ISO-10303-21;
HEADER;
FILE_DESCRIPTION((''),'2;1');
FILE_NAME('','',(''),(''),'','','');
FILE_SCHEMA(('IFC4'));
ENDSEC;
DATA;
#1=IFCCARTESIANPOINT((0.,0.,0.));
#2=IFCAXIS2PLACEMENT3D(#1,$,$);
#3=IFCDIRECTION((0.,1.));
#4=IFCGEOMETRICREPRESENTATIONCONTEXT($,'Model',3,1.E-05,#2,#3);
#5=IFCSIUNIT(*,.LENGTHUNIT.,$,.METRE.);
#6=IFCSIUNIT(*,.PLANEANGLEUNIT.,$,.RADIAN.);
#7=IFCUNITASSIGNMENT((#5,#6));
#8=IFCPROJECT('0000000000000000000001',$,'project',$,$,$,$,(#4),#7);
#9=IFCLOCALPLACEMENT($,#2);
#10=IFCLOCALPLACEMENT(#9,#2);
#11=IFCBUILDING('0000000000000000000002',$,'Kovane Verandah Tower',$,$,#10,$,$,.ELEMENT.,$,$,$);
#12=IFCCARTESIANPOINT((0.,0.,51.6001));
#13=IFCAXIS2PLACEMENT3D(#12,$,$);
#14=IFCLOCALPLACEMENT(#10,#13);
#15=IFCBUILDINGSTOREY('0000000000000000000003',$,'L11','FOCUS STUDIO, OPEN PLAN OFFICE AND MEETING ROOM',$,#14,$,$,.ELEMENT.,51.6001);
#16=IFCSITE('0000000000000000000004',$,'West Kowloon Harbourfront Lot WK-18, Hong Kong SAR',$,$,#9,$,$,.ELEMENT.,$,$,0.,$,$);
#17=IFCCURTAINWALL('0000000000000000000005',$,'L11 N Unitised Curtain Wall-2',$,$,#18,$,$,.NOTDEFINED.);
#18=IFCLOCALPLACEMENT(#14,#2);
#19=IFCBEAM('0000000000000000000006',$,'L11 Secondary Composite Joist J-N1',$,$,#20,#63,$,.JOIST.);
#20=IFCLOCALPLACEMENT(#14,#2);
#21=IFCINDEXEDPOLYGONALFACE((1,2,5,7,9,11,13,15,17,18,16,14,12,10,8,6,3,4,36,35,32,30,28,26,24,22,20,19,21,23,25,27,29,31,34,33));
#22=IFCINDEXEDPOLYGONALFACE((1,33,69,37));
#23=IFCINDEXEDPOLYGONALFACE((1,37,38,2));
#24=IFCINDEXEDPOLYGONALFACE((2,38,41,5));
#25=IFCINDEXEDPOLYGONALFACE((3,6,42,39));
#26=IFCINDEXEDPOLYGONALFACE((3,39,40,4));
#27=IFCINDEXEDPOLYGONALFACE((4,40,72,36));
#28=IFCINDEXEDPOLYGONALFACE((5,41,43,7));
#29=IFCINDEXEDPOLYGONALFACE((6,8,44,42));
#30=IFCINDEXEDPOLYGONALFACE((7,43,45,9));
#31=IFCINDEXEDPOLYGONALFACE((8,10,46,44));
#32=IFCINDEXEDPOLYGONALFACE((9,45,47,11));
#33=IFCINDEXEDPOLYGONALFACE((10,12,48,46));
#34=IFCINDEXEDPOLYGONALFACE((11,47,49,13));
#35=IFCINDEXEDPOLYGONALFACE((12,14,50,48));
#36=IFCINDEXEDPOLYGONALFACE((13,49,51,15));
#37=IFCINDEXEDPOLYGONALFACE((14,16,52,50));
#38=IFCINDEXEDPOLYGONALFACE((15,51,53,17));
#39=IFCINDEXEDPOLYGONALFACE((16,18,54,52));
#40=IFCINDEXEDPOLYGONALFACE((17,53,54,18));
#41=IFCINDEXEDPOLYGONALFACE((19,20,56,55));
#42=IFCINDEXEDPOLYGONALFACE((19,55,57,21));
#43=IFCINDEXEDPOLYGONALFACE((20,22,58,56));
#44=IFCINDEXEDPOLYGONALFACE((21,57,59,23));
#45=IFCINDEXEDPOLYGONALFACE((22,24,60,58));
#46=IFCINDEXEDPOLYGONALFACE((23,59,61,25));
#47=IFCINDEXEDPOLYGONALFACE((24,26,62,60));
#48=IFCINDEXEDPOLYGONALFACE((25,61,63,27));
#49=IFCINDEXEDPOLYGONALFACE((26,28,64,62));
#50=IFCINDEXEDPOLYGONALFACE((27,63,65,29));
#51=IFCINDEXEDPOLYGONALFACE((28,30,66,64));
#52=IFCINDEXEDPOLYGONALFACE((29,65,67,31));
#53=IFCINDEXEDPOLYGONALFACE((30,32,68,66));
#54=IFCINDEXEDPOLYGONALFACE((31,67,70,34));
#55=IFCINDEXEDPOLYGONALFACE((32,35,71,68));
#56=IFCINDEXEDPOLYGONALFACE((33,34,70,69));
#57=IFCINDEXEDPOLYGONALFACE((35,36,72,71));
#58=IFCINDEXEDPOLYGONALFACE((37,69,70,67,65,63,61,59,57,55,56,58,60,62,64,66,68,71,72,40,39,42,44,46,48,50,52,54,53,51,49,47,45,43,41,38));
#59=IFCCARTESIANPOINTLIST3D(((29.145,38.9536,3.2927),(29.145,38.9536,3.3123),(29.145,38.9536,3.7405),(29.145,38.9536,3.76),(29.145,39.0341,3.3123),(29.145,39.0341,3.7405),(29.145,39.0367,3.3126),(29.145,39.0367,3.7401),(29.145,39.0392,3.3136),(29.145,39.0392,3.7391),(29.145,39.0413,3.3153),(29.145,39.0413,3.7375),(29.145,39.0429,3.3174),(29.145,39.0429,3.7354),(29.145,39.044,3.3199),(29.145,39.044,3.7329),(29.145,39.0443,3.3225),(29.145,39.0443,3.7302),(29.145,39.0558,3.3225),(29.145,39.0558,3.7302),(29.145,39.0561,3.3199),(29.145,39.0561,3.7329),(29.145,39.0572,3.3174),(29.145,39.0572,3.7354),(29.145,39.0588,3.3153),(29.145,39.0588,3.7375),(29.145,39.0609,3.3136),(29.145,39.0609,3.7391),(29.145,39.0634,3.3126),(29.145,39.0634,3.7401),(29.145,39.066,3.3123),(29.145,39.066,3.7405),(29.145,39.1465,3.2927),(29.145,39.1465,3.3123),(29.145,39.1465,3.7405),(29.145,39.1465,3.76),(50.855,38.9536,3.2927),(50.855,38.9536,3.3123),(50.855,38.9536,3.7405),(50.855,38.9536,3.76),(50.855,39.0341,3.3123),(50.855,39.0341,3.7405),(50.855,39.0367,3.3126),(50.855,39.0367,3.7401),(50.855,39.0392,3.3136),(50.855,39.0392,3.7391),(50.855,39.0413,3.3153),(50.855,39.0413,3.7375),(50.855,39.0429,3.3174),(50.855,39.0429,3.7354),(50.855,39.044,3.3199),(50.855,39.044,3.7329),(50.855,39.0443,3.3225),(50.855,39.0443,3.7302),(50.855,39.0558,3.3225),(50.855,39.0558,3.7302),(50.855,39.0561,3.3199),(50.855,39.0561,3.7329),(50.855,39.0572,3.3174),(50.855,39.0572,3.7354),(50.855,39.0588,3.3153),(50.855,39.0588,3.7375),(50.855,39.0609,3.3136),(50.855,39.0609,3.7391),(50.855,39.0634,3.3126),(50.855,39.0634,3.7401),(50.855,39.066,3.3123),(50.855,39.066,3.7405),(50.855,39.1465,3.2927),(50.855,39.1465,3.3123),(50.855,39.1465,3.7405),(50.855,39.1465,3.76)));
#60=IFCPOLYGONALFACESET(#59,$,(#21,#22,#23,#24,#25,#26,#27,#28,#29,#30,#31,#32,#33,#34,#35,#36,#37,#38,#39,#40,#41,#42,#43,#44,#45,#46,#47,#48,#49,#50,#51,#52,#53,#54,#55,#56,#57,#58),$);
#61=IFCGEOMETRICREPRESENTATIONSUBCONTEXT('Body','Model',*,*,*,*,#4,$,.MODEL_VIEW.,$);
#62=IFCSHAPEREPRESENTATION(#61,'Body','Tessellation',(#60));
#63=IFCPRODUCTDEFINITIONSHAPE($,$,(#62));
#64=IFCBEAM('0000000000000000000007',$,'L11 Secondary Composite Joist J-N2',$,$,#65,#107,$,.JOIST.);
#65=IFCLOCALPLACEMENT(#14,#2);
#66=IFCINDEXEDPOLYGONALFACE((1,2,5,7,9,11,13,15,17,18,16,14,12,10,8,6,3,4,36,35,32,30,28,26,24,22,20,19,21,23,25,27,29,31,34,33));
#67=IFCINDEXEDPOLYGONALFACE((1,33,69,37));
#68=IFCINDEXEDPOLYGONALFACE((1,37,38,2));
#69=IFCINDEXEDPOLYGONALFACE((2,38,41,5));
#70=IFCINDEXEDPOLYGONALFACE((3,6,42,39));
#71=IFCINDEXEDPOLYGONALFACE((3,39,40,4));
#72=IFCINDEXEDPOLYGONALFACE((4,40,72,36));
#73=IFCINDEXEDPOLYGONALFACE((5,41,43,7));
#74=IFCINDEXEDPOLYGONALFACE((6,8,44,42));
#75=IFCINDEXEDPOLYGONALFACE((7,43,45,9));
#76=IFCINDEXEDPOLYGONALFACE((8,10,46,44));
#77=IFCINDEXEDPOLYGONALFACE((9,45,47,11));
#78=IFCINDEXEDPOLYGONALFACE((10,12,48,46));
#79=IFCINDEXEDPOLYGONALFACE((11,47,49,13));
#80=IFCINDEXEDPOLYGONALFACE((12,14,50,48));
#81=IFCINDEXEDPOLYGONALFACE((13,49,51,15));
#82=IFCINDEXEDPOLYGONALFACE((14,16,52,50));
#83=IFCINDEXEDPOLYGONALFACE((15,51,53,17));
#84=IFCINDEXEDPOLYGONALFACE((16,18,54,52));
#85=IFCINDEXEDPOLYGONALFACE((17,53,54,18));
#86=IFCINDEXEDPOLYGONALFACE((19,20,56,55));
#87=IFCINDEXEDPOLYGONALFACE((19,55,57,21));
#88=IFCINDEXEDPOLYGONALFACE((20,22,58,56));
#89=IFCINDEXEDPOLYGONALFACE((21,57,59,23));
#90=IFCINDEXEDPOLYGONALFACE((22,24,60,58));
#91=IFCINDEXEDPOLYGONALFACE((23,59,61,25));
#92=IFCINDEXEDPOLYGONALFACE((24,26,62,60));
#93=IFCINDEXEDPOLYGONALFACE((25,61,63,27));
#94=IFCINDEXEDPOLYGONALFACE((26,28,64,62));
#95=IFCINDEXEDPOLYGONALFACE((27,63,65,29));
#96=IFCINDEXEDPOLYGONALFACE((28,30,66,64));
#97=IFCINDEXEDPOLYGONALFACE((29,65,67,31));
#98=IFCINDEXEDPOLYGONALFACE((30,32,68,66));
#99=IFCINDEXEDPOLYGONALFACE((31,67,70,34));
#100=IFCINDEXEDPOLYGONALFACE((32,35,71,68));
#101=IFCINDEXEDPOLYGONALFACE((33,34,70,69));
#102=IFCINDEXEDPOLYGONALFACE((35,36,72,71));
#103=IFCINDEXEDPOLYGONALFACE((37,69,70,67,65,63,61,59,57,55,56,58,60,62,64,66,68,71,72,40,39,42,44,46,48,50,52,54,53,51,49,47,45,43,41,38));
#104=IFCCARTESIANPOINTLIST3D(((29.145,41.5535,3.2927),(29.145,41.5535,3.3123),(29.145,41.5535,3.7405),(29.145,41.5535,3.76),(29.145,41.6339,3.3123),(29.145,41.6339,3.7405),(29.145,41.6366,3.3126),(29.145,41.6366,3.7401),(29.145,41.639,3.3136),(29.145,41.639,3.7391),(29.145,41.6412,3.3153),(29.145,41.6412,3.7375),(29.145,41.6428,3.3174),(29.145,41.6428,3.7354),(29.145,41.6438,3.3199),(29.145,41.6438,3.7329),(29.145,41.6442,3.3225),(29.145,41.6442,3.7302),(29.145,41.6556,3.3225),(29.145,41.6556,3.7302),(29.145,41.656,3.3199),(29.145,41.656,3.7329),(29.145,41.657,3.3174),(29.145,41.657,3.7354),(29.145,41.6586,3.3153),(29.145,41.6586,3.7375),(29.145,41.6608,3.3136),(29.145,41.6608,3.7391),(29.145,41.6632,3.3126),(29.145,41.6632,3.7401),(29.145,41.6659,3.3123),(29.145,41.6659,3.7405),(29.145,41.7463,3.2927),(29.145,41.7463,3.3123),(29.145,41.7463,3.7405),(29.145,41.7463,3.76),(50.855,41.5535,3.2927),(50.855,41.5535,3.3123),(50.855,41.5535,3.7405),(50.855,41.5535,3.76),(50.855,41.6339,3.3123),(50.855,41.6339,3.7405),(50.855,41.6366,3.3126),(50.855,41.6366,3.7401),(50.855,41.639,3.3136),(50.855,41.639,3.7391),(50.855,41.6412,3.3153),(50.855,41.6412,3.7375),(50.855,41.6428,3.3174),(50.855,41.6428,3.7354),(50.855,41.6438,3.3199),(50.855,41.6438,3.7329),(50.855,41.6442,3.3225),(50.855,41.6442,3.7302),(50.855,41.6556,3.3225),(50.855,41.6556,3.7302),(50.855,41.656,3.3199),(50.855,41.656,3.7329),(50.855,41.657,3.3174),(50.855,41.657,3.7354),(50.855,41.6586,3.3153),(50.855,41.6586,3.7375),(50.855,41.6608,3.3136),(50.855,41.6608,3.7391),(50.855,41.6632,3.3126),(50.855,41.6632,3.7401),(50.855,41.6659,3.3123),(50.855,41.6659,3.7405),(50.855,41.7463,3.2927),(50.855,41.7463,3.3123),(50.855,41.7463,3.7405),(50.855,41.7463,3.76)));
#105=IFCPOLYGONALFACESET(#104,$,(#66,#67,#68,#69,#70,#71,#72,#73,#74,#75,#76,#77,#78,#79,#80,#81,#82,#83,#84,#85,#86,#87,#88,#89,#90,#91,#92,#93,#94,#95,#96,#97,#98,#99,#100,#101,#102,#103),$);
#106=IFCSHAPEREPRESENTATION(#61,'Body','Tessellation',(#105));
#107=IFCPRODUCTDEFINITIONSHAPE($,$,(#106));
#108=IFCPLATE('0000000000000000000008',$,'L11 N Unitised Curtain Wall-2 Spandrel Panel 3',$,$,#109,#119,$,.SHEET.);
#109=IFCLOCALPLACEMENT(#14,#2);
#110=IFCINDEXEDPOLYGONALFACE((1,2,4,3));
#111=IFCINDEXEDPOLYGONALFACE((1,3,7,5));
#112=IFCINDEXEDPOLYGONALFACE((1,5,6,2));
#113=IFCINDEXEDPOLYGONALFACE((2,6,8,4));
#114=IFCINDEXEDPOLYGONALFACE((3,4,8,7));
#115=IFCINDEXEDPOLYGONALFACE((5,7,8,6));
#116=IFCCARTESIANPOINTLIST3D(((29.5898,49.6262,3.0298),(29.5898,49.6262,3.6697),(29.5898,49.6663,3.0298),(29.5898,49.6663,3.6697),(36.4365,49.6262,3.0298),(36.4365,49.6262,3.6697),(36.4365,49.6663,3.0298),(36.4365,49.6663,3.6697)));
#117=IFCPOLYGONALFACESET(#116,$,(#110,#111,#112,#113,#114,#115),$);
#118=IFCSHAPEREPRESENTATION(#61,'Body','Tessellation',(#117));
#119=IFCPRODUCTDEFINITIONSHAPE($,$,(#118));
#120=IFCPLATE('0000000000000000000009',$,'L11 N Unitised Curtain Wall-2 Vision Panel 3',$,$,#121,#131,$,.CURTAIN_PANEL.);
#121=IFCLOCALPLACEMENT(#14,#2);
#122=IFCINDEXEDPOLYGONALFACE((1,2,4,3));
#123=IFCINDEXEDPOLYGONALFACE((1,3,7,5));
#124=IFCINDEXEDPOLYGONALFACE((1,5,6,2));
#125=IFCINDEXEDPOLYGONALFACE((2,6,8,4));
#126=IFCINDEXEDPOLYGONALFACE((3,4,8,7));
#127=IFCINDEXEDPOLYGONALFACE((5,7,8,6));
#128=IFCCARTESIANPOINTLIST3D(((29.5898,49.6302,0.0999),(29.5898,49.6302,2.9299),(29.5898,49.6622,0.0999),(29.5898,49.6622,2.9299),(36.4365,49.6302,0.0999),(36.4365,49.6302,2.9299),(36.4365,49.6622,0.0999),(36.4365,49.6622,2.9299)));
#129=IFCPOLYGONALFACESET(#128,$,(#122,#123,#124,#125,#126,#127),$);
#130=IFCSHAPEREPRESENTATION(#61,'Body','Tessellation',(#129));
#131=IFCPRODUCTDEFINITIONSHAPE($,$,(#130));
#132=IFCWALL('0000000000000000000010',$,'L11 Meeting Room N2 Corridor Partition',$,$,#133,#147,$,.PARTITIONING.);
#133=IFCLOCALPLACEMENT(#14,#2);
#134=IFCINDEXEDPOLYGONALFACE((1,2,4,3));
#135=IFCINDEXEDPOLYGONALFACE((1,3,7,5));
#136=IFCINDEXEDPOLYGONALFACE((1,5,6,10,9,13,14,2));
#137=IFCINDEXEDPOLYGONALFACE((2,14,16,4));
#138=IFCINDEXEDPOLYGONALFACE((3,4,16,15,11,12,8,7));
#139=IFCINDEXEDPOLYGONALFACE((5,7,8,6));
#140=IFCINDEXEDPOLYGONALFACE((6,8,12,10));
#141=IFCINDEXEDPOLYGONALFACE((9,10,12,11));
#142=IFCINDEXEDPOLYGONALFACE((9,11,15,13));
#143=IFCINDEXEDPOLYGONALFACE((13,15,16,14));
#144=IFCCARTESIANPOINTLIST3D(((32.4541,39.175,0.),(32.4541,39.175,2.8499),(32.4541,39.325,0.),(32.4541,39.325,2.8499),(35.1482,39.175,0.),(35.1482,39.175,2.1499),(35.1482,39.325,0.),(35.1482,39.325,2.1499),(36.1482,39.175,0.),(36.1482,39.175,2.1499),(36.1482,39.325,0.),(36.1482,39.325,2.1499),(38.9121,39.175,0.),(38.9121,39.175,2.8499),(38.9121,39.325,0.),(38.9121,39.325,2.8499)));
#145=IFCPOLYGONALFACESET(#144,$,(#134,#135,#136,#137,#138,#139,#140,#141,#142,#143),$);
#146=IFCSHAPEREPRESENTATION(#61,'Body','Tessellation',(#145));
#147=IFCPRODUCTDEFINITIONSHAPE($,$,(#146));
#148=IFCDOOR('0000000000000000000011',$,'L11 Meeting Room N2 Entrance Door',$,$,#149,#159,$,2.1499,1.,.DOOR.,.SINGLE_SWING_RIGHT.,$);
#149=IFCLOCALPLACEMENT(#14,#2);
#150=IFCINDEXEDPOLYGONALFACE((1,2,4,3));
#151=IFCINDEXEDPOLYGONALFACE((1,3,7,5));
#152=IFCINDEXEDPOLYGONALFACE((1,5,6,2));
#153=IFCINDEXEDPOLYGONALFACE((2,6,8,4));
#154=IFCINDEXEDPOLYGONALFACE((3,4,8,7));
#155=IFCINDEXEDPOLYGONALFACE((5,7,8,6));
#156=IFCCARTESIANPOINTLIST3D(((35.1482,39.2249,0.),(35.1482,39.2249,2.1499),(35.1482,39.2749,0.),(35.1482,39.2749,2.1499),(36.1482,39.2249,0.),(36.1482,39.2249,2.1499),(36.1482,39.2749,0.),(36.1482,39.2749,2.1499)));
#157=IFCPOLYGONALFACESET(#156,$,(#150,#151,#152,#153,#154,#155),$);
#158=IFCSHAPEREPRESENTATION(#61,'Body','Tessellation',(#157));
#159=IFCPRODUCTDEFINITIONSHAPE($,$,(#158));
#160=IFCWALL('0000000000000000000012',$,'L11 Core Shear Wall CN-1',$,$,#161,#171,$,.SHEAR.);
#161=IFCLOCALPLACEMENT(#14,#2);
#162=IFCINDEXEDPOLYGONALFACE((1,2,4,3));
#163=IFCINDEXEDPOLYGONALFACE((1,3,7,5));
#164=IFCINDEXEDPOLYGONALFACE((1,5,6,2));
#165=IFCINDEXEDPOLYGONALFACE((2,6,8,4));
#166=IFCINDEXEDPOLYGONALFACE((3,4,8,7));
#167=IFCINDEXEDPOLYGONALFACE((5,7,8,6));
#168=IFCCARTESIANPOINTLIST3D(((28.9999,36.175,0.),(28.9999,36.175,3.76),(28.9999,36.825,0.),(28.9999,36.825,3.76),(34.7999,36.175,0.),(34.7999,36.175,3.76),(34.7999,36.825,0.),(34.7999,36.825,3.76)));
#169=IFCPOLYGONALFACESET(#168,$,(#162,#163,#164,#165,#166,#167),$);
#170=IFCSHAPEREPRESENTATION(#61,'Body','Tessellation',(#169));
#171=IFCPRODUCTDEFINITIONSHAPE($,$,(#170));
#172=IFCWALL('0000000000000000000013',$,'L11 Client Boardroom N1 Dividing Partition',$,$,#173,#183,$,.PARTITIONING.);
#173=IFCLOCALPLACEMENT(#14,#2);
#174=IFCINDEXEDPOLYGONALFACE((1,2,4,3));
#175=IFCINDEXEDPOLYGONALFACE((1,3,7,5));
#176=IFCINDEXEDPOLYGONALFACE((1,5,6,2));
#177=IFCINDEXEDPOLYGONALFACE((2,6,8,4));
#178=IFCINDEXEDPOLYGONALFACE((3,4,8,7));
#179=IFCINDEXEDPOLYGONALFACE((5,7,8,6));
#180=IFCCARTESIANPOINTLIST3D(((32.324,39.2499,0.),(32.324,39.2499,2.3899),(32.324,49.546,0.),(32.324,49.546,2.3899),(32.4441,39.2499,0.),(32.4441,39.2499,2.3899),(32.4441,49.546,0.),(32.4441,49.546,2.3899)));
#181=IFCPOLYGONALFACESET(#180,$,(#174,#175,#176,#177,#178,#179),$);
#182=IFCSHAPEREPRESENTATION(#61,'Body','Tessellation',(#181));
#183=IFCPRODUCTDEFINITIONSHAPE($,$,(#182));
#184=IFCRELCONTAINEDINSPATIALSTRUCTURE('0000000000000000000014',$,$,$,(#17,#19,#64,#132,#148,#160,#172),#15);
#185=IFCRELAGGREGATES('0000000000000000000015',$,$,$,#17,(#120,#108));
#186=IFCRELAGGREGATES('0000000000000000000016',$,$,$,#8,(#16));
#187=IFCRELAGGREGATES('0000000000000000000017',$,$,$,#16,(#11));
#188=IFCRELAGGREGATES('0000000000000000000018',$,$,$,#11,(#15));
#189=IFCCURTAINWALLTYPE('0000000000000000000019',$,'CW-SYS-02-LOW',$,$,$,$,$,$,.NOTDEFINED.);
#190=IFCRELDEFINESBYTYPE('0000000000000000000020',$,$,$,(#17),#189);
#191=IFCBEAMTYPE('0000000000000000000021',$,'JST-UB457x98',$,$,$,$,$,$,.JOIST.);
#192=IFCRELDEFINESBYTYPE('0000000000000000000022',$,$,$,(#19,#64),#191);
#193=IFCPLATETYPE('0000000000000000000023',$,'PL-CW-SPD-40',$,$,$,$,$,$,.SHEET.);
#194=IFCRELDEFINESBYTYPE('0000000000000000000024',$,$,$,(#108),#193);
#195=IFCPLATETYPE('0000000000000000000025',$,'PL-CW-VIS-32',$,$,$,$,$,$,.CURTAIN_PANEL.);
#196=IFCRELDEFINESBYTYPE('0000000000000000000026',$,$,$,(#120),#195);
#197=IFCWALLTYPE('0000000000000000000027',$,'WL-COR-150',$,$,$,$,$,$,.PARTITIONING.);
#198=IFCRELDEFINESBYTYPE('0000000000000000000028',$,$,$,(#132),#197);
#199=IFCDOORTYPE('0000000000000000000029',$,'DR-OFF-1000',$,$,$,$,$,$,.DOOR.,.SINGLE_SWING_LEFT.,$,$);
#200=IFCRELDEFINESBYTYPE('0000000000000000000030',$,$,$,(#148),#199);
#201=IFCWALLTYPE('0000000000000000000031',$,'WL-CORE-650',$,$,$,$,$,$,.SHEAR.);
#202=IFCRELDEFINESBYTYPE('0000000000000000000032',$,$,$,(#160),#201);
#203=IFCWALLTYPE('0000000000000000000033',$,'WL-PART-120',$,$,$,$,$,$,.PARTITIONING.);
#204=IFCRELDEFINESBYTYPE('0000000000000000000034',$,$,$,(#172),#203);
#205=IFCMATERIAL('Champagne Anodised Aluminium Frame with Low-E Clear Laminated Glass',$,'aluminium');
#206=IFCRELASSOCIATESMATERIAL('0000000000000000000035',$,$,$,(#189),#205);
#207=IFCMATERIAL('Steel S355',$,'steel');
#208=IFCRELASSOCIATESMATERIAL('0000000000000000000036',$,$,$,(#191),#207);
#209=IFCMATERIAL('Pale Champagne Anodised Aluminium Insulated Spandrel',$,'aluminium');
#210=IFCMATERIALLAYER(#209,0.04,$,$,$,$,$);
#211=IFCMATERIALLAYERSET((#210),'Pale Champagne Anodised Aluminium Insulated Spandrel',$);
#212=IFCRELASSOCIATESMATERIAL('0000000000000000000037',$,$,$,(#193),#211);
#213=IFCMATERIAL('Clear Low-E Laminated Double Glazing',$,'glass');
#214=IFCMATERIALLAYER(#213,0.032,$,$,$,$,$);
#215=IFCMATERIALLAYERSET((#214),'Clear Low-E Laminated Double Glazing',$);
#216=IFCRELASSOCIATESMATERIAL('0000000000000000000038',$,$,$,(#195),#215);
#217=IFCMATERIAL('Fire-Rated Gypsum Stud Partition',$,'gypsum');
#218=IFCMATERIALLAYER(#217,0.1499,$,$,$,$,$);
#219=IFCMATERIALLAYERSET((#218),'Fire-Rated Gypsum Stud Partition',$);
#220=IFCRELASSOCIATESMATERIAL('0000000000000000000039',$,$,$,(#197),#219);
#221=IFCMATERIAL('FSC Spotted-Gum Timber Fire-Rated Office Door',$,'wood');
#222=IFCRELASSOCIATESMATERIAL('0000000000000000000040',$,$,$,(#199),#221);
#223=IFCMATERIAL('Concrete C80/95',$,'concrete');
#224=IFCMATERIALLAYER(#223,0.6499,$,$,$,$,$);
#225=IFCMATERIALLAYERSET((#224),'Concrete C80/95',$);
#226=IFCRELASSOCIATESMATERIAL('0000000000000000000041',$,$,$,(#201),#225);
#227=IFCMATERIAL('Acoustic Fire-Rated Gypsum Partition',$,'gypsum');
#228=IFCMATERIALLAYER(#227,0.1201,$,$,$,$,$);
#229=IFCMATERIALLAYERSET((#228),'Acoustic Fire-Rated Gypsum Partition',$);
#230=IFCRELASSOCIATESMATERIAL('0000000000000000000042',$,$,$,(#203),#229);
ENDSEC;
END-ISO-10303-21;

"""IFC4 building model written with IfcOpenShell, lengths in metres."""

from ifc_helpers import new_model, si_unit, direction, frame, frame_2d, origin, origin_2d, place, context, subcontext, project, spatial, rectangle, i_section, extrude, material, layer, layer_set, material_profile, profile_set, type_object, element, fill, aggregate, save


model = new_model("IFC4")

# Units and contexts
model_context = context("Model", 3, precision=1e-05, world=origin(), true_north=direction((0.0, 1.0)))
body_context = subcontext(model_context, "Body", "Model", "MODEL_VIEW")
ifc_project = project(units=[si_unit("LENGTHUNIT", "METRE"), si_unit("PLANEANGLEUNIT", "RADIAN")], contexts=[model_context])

# Site, building, storey
site_placement = place(None, origin())
site = spatial("IfcSite", under=ifc_project, at=site_placement, Name="West Kowloon Harbourfront Lot WK-18, Hong Kong SAR", CompositionType="ELEMENT", RefElevation=0.0)
building_placement = place(site_placement, origin())
building = spatial("IfcBuilding", under=site, at=building_placement, Name="Kovane Verandah Tower", CompositionType="ELEMENT")
storey_placement = place(building_placement, frame((0.0, 0.0, 51.6001)))
storey = spatial("IfcBuildingStorey", under=building, at=storey_placement, Name="L11", Description="FOCUS STUDIO, OPEN PLAN OFFICE AND MEETING ROOM", CompositionType="ELEMENT", Elevation=51.6001)

# Shared definitions
ifc_material_1 = material(Name="Concrete C80/95", Category="concrete")

# Shared definitions
ifc_material_2 = material(Name="Steel S355", Category="steel")

# Curtain wall
ifc_material_3 = material(Name="Champagne Anodised Aluminium Frame with Low-E Clear Laminated Glass", Category="aluminium")
curtain_wall_type = type_object("IfcCurtainWallType", Name="CW-SYS-02-LOW", PredefinedType="NOTDEFINED", material=ifc_material_3)
curtain_wall_placement = place(storey_placement, origin())
curtain_wall = element("IfcCurtainWall", 1, at=curtain_wall_placement, inside=storey, type_object=curtain_wall_type, Name="L11 N Unitised Curtain Wall-2", PredefinedType="NOTDEFINED")

# Beams
ifc_material_profile_1 = material_profile(ifc_material_2, i_section(OverallWidth=0.1929, OverallDepth=0.4673, WebThickness=0.0115, FlangeThickness=0.0195, FilletRadius=0.0103, at=origin_2d()), Name="UB457x191x98")
ifc_profile_set_1 = profile_set([ifc_material_profile_1], Name="Steel S355")
beam_type_1 = type_object("IfcBeamType", Name="JST-UB457x98", PredefinedType="JOIST", material=ifc_profile_set_1)
for number, where, z_axis, x_axis, name in (
    (2, (29.145, 39.05, 3.5264), (1.0, 0.0, 0.0), (0.0, 1.0, 0.0), "L11 Secondary Composite Joist J-N1"),
    (3, (29.145, 41.6499, 3.5264), (1.0, 0.0, 0.0), (0.0, 1.0, 0.0), "L11 Secondary Composite Joist J-N2"),
):
    element("IfcBeam", number, at=place(storey_placement, frame(where, z_axis=z_axis, x_axis=x_axis)), inside=storey, type_object=beam_type_1, Name=name, PredefinedType="JOIST", context=body_context, shape_type="SweptSolid", body=[
        extrude(i_section(OverallWidth=0.1929, OverallDepth=0.4673, WebThickness=0.0115, FlangeThickness=0.0195, FilletRadius=0.0103, at=origin_2d()), origin(), (0.0, 0.0, 1.0), 21.71),
    ])

# Plates
ifc_material_4 = material(Name="Pale Champagne Anodised Aluminium Insulated Spandrel", Category="aluminium")
ifc_layer_1 = layer(ifc_material_4, 0.04)
ifc_layer_set_1 = layer_set([ifc_layer_1], Name="Pale Champagne Anodised Aluminium Insulated Spandrel")
plate_type_1 = type_object("IfcPlateType", Name="PL-CW-SPD-40", PredefinedType="SHEET", material=ifc_layer_set_1)
plate_1_placement = place(storey_placement, frame((33.0132, 49.6462, 3.0298), z_axis=(0.0, 0.0, 1.0), x_axis=(-1.0, 0.0, 0.0)))
plate_1 = element("IfcPlate", 4, at=plate_1_placement, type_object=plate_type_1, Name="L11 N Unitised Curtain Wall-2 Spandrel Panel 3", PredefinedType="SHEET", context=body_context, shape_type="SweptSolid", body=[
    extrude(rectangle(XDim=6.8467, YDim=0.04, at=origin_2d()), origin(), (0.0, 0.0, 1.0), 0.6399),
])
ifc_material_5 = material(Name="Clear Low-E Laminated Double Glazing", Category="glass")
ifc_layer_2 = layer(ifc_material_5, 0.032)
ifc_layer_set_2 = layer_set([ifc_layer_2], Name="Clear Low-E Laminated Double Glazing")
plate_type_2 = type_object("IfcPlateType", Name="PL-CW-VIS-32", PredefinedType="CURTAIN_PANEL", material=ifc_layer_set_2)
plate_2_placement = place(storey_placement, frame((33.0132, 49.6462, 0.0999), z_axis=(0.0, 0.0, 1.0), x_axis=(-1.0, 0.0, 0.0)))
plate_2 = element("IfcPlate", 5, at=plate_2_placement, type_object=plate_type_2, Name="L11 N Unitised Curtain Wall-2 Vision Panel 3", PredefinedType="CURTAIN_PANEL", context=body_context, shape_type="SweptSolid", body=[
    extrude(rectangle(XDim=6.8467, YDim=0.032, at=origin_2d()), origin(), (0.0, 0.0, 1.0), 2.8301),
])
aggregate(curtain_wall, [plate_2, plate_1])

# Wall, opening, door
ifc_material_6 = material(Name="Fire-Rated Gypsum Stud Partition", Category="gypsum")
ifc_layer_3 = layer(ifc_material_6, 0.1499)
ifc_layer_set_3 = layer_set([ifc_layer_3], Name="Fire-Rated Gypsum Stud Partition")
wall_type_1 = type_object("IfcWallType", Name="WL-COR-150", PredefinedType="PARTITIONING", material=ifc_layer_set_3)
wall_1_placement = place(storey_placement, frame((32.4541, 39.25, 0.0), z_axis=(0.0, 0.0, 1.0), x_axis=(1.0, 0.0, 0.0)))
wall_1 = element("IfcWall", 6, at=wall_1_placement, inside=storey, type_object=wall_type_1, Name="L11 Meeting Room N2 Corridor Partition", PredefinedType="PARTITIONING", context=body_context, shape_type="SweptSolid", body=[
    extrude(rectangle(XDim=6.458, YDim=0.1499, at=frame_2d((3.229, 0.0))), origin(), (0.0, 0.0, 1.0), 2.8499),
])
opening_1_placement = place(wall_1_placement, frame((2.6941, 0.0, 0.0)))
opening_1 = element("IfcOpeningElement", 7, at=opening_1_placement, cuts=wall_1, PredefinedType="OPENING", context=body_context, shape_type="SweptSolid", body=[
    extrude(rectangle(XDim=1.0, YDim=2.1499, at=frame_2d((0.5, 1.075))), frame((0.0, 0.075, 0.0), z_axis=(0.0, -1.0, 0.0), x_axis=(1.0, 0.0, 0.0)), (0.0, 0.0, 1.0), 0.1499),
])
ifc_material_7 = material(Name="FSC Spotted-Gum Timber Fire-Rated Office Door", Category="wood")
door_type_1 = type_object("IfcDoorType", Name="DR-OFF-1000", OperationType="SINGLE_SWING_LEFT", PredefinedType="DOOR", material=ifc_material_7)
door_1_placement = place(opening_1_placement, origin())
door_1 = element("IfcDoor", 8, at=door_1_placement, inside=storey, type_object=door_type_1, Name="L11 Meeting Room N2 Entrance Door", OperationType="SINGLE_SWING_RIGHT", OverallHeight=2.1499, OverallWidth=1.0, PredefinedType="DOOR", context=body_context, shape_type="SweptSolid", body=[
    extrude(rectangle(XDim=1.0, YDim=2.1499, at=frame_2d((0.5, 1.075))), frame((0.0, 0.0249, 0.0), z_axis=(0.0, -1.0, 0.0), x_axis=(1.0, 0.0, 0.0)), (0.0, 0.0, 1.0), 0.05),
])
fill(opening_1, door_1)

# Wall
ifc_layer_4 = layer(ifc_material_1, 0.6499)
ifc_layer_set_4 = layer_set([ifc_layer_4], Name="Concrete C80/95")
wall_type_2 = type_object("IfcWallType", Name="WL-CORE-650", PredefinedType="SHEAR", material=ifc_layer_set_4)
wall_2_placement = place(storey_placement, frame((29.0, 36.5, 0.0), z_axis=(0.0, 0.0, 1.0), x_axis=(1.0, 0.0, 0.0)))
element("IfcWall", 9, at=wall_2_placement, inside=storey, type_object=wall_type_2, Name="L11 Core Shear Wall CN-1", PredefinedType="SHEAR", context=body_context, shape_type="SweptSolid", body=[
    extrude(rectangle(XDim=5.8, YDim=0.6499, at=frame_2d((2.8999, 0.0))), origin(), (0.0, 0.0, 1.0), 3.76),
])

# Wall
ifc_material_8 = material(Name="Acoustic Fire-Rated Gypsum Partition", Category="gypsum")
ifc_layer_5 = layer(ifc_material_8, 0.1201)
ifc_layer_set_5 = layer_set([ifc_layer_5], Name="Acoustic Fire-Rated Gypsum Partition")
wall_type_3 = type_object("IfcWallType", Name="WL-PART-120", PredefinedType="PARTITIONING", material=ifc_layer_set_5)
wall_3_placement = place(storey_placement, frame((32.384, 39.25, 0.0), z_axis=(0.0, 0.0, 1.0), x_axis=(0.0, 1.0, 0.0)))
element("IfcWall", 10, at=wall_3_placement, inside=storey, type_object=wall_type_3, Name="L11 Client Boardroom N1 Dividing Partition", PredefinedType="PARTITIONING", context=body_context, shape_type="SweptSolid", body=[
    extrude(rectangle(XDim=10.2961, YDim=0.1201, at=frame_2d((5.1479, 0.0))), origin(), (0.0, 0.0, 1.0), 2.3899),
])

save(model, "model.ifc")
